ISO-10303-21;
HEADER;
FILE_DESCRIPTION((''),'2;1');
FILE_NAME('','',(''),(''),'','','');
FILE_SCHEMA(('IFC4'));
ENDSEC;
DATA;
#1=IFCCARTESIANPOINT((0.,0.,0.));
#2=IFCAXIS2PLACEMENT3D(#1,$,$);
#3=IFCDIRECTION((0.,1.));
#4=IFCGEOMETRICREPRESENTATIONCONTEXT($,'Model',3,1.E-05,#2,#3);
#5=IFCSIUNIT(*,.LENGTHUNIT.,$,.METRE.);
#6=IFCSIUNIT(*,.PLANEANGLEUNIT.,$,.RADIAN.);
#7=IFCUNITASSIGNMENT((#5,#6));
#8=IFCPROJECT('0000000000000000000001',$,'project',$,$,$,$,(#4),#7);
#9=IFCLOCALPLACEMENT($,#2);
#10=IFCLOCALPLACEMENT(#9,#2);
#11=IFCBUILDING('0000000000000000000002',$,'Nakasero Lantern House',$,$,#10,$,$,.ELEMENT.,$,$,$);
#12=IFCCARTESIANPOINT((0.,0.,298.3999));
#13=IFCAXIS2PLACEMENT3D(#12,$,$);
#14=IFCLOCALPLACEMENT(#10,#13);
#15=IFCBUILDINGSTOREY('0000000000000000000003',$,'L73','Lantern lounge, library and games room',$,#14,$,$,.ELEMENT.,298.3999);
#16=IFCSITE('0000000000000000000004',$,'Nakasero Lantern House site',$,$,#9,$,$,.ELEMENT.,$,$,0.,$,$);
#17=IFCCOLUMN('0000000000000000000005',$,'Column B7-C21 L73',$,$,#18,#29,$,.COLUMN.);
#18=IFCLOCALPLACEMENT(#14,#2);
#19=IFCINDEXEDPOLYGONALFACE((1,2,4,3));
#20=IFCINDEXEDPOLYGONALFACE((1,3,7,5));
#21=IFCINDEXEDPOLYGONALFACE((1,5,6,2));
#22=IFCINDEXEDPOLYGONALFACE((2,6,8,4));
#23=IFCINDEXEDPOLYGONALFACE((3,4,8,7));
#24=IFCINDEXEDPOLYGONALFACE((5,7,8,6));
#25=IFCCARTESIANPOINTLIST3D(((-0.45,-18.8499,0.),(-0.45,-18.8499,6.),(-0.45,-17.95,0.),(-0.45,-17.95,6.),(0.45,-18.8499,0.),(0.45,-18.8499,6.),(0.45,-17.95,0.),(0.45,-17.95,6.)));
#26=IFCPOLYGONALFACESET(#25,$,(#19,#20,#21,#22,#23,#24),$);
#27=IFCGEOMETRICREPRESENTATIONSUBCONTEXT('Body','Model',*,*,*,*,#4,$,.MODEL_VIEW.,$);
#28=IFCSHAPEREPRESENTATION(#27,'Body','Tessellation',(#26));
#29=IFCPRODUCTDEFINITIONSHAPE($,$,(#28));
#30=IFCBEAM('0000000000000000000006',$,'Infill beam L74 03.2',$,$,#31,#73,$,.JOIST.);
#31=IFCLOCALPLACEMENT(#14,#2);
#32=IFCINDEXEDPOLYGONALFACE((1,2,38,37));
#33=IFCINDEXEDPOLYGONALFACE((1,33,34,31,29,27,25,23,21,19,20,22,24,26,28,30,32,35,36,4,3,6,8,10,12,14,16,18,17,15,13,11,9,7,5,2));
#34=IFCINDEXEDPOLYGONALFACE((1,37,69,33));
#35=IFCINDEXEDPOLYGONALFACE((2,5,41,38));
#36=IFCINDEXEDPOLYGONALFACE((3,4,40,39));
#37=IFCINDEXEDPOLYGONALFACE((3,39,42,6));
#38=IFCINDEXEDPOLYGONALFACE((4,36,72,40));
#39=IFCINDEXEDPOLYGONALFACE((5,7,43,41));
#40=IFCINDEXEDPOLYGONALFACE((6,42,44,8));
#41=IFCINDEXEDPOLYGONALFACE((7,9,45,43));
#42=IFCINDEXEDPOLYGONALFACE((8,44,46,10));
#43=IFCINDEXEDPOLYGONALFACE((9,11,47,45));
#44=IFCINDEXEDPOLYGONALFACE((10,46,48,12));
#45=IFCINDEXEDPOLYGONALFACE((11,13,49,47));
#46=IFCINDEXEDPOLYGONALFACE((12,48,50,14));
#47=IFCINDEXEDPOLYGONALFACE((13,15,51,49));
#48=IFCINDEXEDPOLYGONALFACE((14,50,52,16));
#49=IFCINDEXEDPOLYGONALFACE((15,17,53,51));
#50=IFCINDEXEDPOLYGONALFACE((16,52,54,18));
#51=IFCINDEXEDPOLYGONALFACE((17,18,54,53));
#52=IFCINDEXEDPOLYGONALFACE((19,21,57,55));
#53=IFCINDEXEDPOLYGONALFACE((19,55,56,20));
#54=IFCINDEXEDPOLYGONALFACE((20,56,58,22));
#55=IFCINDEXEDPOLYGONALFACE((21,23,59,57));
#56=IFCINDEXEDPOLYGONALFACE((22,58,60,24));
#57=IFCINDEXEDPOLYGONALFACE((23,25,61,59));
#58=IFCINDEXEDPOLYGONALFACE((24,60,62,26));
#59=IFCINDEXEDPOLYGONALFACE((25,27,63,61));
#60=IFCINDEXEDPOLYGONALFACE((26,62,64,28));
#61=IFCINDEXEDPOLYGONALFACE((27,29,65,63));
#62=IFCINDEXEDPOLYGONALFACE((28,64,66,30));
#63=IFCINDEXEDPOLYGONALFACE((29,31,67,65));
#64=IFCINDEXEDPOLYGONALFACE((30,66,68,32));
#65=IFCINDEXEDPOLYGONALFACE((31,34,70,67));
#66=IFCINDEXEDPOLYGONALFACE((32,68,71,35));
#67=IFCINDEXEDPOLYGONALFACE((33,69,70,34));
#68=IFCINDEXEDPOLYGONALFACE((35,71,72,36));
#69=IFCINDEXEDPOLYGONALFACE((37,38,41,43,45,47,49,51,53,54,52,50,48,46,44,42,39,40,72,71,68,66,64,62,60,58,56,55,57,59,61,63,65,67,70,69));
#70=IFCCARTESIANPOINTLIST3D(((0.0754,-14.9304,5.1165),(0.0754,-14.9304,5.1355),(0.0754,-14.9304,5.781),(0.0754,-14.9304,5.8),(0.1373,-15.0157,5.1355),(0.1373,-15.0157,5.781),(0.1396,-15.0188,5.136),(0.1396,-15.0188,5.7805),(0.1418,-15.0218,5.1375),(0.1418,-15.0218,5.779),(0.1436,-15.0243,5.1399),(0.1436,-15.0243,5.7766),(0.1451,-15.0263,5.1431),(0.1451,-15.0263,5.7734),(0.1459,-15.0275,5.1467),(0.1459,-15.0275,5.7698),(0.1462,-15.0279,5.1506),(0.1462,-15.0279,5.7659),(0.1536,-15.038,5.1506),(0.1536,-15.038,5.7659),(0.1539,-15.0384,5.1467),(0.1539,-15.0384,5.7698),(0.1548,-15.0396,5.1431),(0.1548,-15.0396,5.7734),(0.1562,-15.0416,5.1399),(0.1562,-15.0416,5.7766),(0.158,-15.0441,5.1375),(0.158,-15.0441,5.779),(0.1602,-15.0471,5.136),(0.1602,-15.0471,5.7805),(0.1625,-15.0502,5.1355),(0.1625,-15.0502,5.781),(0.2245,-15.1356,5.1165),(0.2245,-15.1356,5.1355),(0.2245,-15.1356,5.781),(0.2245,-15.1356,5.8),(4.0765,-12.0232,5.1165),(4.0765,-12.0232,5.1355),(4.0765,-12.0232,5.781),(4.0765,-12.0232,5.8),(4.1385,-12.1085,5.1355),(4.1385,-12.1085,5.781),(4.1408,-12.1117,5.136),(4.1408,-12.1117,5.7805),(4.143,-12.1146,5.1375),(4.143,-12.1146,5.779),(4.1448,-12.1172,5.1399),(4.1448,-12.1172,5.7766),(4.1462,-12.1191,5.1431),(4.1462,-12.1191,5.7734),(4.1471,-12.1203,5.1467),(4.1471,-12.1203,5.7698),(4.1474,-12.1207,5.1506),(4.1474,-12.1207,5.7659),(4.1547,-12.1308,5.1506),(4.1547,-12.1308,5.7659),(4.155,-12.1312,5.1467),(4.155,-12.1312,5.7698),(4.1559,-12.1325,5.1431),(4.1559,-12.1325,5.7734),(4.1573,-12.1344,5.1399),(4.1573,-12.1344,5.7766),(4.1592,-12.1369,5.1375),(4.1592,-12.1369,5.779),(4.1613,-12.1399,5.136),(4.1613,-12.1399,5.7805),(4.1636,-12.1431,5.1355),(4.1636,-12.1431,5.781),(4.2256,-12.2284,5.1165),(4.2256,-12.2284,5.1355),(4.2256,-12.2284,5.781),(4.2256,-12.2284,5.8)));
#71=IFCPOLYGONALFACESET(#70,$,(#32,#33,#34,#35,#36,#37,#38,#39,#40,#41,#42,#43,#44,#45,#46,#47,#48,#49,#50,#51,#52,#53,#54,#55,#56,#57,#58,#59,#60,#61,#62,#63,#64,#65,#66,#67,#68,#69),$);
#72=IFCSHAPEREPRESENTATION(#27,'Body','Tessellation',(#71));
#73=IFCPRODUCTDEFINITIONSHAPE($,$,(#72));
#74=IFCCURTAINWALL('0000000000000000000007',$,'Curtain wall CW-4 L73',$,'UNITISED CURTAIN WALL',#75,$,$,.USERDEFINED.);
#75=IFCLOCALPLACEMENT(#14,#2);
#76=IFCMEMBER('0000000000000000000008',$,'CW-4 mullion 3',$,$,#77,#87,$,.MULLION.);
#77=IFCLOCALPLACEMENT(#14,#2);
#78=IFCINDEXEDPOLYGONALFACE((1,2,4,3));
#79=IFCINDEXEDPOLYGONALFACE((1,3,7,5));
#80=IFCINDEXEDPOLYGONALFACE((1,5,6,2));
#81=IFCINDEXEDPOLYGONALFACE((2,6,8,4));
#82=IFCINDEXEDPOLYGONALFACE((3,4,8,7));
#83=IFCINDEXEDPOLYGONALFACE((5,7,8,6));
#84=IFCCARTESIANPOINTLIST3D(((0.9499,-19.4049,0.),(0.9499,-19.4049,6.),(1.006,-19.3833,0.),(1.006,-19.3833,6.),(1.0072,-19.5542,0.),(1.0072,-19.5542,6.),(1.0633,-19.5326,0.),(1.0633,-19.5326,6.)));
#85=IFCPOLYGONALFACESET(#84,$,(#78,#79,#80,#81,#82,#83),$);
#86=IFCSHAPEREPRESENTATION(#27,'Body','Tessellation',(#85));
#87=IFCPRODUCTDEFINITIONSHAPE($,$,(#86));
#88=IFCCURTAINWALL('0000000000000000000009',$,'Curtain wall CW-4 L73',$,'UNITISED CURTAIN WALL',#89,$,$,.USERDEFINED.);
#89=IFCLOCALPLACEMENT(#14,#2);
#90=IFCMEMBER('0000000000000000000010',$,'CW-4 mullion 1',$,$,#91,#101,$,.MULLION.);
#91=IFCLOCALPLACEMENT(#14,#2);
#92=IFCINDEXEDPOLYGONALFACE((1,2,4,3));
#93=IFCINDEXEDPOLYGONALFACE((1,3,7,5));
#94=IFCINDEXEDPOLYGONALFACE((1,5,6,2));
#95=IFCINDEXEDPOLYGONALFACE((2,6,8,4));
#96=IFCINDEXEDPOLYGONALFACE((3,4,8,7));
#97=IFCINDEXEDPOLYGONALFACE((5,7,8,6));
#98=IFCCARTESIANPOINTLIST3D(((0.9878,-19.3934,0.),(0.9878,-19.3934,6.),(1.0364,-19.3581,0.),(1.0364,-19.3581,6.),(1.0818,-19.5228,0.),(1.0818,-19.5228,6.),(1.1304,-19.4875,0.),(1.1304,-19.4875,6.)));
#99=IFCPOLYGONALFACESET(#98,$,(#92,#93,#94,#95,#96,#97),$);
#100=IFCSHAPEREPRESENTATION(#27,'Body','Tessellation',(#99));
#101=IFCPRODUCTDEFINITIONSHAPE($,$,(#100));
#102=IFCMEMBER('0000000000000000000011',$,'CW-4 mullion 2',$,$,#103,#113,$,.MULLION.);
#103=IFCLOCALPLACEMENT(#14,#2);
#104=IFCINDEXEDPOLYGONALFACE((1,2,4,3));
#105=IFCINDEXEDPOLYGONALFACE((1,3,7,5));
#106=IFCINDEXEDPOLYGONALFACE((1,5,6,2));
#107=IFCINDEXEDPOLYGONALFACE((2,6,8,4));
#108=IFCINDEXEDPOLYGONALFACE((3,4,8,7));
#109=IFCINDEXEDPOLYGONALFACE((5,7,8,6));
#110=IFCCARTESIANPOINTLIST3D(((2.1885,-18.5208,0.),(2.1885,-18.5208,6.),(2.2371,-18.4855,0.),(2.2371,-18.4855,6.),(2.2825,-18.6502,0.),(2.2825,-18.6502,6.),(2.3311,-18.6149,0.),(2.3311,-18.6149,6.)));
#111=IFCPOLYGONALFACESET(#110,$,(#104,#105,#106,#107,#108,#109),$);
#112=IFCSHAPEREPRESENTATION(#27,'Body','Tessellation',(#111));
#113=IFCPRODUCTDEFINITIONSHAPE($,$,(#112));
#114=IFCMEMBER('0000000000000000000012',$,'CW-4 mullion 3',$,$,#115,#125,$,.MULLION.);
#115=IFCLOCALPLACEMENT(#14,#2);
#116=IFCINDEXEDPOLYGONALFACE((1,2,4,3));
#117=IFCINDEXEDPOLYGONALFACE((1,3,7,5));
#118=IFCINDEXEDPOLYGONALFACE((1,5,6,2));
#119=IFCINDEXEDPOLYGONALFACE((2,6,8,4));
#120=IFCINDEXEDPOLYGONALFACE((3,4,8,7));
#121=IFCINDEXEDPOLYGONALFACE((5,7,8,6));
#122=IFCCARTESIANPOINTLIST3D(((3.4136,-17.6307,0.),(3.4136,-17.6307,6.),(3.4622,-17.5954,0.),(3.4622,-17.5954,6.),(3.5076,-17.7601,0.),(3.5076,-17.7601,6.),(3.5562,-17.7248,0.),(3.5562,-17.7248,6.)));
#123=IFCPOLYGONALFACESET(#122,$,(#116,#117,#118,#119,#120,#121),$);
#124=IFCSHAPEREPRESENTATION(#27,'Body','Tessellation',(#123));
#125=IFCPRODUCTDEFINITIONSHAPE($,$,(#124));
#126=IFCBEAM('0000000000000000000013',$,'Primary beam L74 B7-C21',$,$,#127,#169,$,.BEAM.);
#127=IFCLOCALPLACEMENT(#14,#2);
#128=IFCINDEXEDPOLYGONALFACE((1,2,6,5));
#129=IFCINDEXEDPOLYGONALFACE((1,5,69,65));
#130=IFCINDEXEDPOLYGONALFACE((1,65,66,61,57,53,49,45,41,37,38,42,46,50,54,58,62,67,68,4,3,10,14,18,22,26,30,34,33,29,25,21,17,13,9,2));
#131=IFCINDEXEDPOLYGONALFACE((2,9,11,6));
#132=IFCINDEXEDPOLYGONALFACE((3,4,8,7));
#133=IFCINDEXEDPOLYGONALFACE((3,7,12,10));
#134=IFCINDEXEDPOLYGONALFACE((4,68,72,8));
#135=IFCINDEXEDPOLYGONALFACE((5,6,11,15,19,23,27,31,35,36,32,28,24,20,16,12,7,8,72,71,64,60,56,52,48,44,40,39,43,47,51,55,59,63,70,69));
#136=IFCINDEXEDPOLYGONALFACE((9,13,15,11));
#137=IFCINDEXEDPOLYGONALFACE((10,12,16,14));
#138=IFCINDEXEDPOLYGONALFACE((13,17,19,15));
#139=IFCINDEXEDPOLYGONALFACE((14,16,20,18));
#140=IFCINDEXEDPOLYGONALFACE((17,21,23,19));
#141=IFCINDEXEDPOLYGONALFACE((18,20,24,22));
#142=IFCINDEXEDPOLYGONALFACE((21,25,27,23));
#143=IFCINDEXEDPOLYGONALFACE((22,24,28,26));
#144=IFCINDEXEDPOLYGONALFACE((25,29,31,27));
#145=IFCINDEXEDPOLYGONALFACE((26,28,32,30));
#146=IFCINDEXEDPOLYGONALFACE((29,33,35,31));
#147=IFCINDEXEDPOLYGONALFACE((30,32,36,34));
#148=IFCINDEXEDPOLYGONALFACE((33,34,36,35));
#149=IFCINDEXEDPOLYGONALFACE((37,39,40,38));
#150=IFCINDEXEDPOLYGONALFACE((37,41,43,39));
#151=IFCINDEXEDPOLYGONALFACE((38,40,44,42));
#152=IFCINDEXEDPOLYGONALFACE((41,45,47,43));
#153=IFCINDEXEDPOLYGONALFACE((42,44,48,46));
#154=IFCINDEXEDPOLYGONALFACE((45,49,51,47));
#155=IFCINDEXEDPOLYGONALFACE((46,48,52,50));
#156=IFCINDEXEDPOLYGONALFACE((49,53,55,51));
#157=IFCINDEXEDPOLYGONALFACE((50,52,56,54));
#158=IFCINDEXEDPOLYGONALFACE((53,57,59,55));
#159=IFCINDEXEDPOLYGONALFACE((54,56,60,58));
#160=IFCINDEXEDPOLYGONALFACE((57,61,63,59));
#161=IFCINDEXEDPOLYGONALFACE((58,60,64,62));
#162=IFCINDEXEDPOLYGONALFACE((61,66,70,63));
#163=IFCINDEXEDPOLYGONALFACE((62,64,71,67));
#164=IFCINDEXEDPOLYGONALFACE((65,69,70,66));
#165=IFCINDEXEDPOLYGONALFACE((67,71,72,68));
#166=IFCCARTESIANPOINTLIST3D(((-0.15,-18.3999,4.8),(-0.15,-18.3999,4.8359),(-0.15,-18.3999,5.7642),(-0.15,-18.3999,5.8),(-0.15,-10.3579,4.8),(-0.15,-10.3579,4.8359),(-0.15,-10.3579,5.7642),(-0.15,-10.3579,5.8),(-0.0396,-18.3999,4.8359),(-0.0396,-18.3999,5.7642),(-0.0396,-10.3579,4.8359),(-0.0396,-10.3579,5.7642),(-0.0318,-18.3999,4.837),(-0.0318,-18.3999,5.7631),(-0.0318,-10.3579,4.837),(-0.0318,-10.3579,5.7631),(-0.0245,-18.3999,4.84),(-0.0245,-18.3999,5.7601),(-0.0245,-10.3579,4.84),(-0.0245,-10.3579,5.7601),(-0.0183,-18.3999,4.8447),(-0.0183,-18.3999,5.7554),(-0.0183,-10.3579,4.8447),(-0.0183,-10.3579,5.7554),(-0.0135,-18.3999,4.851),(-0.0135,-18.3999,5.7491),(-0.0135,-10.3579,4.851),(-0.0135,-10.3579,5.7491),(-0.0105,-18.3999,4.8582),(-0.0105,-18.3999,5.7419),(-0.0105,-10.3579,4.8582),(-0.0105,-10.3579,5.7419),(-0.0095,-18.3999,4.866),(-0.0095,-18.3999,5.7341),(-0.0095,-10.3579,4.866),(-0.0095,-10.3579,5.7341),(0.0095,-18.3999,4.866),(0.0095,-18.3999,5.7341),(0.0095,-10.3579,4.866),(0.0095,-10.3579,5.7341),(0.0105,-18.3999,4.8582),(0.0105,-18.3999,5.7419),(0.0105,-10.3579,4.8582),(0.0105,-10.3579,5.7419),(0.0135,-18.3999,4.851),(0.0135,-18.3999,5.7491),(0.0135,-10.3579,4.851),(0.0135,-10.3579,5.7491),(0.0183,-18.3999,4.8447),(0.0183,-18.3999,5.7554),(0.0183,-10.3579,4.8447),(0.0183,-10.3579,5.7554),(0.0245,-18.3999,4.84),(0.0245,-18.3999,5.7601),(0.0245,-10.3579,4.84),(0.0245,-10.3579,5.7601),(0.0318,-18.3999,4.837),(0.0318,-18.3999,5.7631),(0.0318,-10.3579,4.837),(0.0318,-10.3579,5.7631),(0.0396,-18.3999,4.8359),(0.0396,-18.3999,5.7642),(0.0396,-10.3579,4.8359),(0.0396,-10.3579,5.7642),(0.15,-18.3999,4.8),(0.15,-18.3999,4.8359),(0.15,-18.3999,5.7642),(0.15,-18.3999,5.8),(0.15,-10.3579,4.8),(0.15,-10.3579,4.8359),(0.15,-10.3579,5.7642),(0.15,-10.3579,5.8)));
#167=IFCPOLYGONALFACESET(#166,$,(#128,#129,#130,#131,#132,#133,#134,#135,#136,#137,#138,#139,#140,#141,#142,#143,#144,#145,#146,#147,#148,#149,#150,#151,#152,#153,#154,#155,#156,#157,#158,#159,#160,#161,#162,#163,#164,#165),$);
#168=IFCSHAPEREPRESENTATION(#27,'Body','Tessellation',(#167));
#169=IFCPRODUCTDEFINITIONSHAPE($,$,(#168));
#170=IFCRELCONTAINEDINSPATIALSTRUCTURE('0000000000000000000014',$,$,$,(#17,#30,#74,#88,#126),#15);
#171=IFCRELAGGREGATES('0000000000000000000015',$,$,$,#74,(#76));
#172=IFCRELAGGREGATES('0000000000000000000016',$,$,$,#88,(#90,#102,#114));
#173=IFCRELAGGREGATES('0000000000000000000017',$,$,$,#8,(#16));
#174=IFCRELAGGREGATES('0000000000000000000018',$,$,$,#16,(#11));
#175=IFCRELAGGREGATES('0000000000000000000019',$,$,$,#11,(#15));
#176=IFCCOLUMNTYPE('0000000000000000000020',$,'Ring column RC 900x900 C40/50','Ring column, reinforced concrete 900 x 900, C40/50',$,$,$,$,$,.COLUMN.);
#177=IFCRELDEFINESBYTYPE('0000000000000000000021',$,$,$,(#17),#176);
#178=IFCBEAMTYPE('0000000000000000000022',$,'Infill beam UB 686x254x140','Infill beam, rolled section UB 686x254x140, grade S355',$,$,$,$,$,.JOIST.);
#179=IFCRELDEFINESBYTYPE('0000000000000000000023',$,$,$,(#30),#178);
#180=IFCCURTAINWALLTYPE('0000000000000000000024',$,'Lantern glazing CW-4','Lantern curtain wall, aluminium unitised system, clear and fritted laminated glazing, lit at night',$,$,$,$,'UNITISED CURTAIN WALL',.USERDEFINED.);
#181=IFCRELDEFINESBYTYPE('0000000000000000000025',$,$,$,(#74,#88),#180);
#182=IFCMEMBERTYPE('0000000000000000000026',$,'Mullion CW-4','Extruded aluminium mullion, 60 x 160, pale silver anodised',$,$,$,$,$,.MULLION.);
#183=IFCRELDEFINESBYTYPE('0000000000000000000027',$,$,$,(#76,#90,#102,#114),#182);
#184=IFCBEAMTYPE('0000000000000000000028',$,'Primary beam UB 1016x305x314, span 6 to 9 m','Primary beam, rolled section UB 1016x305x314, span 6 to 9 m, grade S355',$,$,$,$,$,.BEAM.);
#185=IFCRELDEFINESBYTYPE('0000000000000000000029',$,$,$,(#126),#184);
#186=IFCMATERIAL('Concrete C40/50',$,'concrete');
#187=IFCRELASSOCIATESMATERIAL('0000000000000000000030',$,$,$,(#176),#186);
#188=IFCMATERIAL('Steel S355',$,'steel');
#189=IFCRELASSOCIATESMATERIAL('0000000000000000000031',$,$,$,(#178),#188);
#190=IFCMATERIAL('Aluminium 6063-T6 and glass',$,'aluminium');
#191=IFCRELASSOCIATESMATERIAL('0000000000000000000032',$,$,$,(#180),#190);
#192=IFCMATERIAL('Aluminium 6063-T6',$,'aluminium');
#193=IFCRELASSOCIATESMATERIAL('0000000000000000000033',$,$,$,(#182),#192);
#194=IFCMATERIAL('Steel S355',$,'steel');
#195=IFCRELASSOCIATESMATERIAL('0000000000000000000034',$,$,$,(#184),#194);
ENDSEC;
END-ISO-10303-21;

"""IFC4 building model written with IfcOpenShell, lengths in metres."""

from ifc_helpers import new_model, si_unit, direction, frame, origin, origin_2d, place, context, subcontext, project, spatial, rectangle, i_section, extrude, material, material_profile, profile_set, type_object, element, aggregate, save


model = new_model("IFC4")

# Units and contexts
model_context = context("Model", 3, precision=1e-05, world=origin(), true_north=direction((0.0, 1.0)))
body_context = subcontext(model_context, "Body", "Model", "MODEL_VIEW")
ifc_project = project(units=[si_unit("LENGTHUNIT", "METRE"), si_unit("PLANEANGLEUNIT", "RADIAN")], contexts=[model_context])

# Site, building, storey
site_placement = place(None, origin())
site = spatial("IfcSite", under=ifc_project, at=site_placement, Name="Nakasero Lantern House site", CompositionType="ELEMENT", RefElevation=0.0)
building_placement = place(site_placement, origin())
building = spatial("IfcBuilding", under=site, at=building_placement, Name="Nakasero Lantern House", CompositionType="ELEMENT")
storey_placement = place(building_placement, frame((0.0, 0.0, 298.3999)))
storey = spatial("IfcBuildingStorey", under=building, at=storey_placement, Name="L73", Description="Lantern lounge, library and games room", CompositionType="ELEMENT", Elevation=298.3999)

# Column
ifc_material_1 = material(Name="Concrete C40/50", Category="concrete")
ifc_material_profile_1 = material_profile(ifc_material_1, rectangle(XDim=0.8999, YDim=0.8999, at=origin_2d()), Name="RC 900x900")
ifc_profile_set_1 = profile_set([ifc_material_profile_1], Name="Concrete C40/50")
column_type = type_object("IfcColumnType", Name="Ring column RC 900x900 C40/50", Description="Ring column, reinforced concrete 900 x 900, C40/50", PredefinedType="COLUMN", material=ifc_profile_set_1)
column_placement = place(storey_placement, frame((0.0, -18.3999, 0.0), z_axis=(0.0, 0.0, 1.0), x_axis=(1.0, 0.0, 0.0)))
element("IfcColumn", 1, at=column_placement, inside=storey, type_object=column_type, Name="Column B7-C21 L73", PredefinedType="COLUMN", context=body_context, shape_type="SweptSolid", body=[
    extrude(rectangle(XDim=0.8999, YDim=0.8999, at=origin_2d()), origin(), (0.0, 0.0, 1.0), 6.0),
])

# Beam
ifc_material_2 = material(Name="Steel S355", Category="steel")
ifc_material_profile_2 = material_profile(ifc_material_2, i_section(OverallWidth=0.2537, OverallDepth=0.6836, WebThickness=0.0125, FlangeThickness=0.019, FilletRadius=0.0151, at=origin_2d()), Name="UB 686x254x140")
ifc_profile_set_2 = profile_set([ifc_material_profile_2], Name="Steel S355")
beam_type_1 = type_object("IfcBeamType", Name="Infill beam UB 686x254x140", Description="Infill beam, rolled section UB 686x254x140, grade S355", PredefinedType="JOIST", material=ifc_profile_set_2)
beam_1_placement = place(storey_placement, frame((0.1499, -15.033, 5.4583), z_axis=(0.809001, 0.587808, 0.0), x_axis=(-0.587808, 0.809001, 0.0)))
element("IfcBeam", 2, at=beam_1_placement, inside=storey, type_object=beam_type_1, Name="Infill beam L74 03.2", PredefinedType="JOIST", context=body_context, shape_type="SweptSolid", body=[
    extrude(i_section(OverallWidth=0.2537, OverallDepth=0.6836, WebThickness=0.0125, FlangeThickness=0.019, FilletRadius=0.0151, at=origin_2d()), origin(), (0.0, 0.0, 1.0), 4.9458),
])

# Curtain wall, member
ifc_material_3 = material(Name="Aluminium 6063-T6 and glass", Category="aluminium")
curtain_wall_type = type_object("IfcCurtainWallType", Name="Lantern glazing CW-4", Description="Lantern curtain wall, aluminium unitised system, clear and fritted laminated glazing, lit at night", ElementType="UNITISED CURTAIN WALL", PredefinedType="USERDEFINED", material=ifc_material_3)
curtain_wall_1_placement = place(storey_placement, origin())
curtain_wall_1 = element("IfcCurtainWall", 3, at=curtain_wall_1_placement, inside=storey, type_object=curtain_wall_type, Name="Curtain wall CW-4 L73", ObjectType="UNITISED CURTAIN WALL", PredefinedType="USERDEFINED")
ifc_material_4 = material(Name="Aluminium 6063-T6", Category="aluminium")
ifc_material_profile_3 = material_profile(ifc_material_4, rectangle(XDim=0.0601, YDim=0.1599, at=origin_2d()), Name="CW-4 mullion 60x160")
ifc_profile_set_3 = profile_set([ifc_material_profile_3], Name="Aluminium 6063-T6")
member_type_1 = type_object("IfcMemberType", Name="Mullion CW-4", Description="Extruded aluminium mullion, 60 x 160, pale silver anodised", PredefinedType="MULLION", material=ifc_profile_set_3)
member_1_placement = place(storey_placement, frame((1.0066, -19.4688, 0.0), z_axis=(0.0, 0.0, 1.0), x_axis=(0.93358, 0.358368, 0.0)))
member_1 = element("IfcMember", 4, at=member_1_placement, type_object=member_type_1, Name="CW-4 mullion 3", PredefinedType="MULLION", context=body_context, shape_type="SweptSolid", body=[
    extrude(rectangle(XDim=0.0601, YDim=0.1599, at=origin_2d()), origin(), (0.0, 0.0, 1.0), 6.0),
])

# Curtain wall, members
curtain_wall_2_placement = place(storey_placement, origin())
curtain_wall_2 = element("IfcCurtainWall", 5, at=curtain_wall_2_placement, inside=storey, type_object=curtain_wall_type, Name="Curtain wall CW-4 L73", ObjectType="UNITISED CURTAIN WALL", PredefinedType="USERDEFINED")
member_2_placement = place(storey_placement, frame((1.0591, -19.4404, 0.0), z_axis=(0.0, 0.0, 1.0), x_axis=(0.809017, 0.587785, 0.0)))
member_2 = element("IfcMember", 6, at=member_2_placement, type_object=member_type_1, Name="CW-4 mullion 1", PredefinedType="MULLION", context=body_context, shape_type="SweptSolid", body=[
    extrude(rectangle(XDim=0.0601, YDim=0.1599, at=origin_2d()), origin(), (0.0, 0.0, 1.0), 6.0),
])
member_3_placement = place(storey_placement, frame((2.2598, -18.5679, 0.0), z_axis=(0.0, 0.0, 1.0), x_axis=(0.809017, 0.587785, 0.0)))
member_3 = element("IfcMember", 7, at=member_3_placement, type_object=member_type_1, Name="CW-4 mullion 2", PredefinedType="MULLION", context=body_context, shape_type="SweptSolid", body=[
    extrude(rectangle(XDim=0.0601, YDim=0.1599, at=origin_2d()), origin(), (0.0, 0.0, 1.0), 6.0),
])
member_4_placement = place(storey_placement, frame((3.4849, -17.6777, 0.0), z_axis=(0.0, 0.0, 1.0), x_axis=(0.809017, 0.587785, 0.0)))
member_4 = element("IfcMember", 8, at=member_4_placement, type_object=member_type_1, Name="CW-4 mullion 3", PredefinedType="MULLION", context=body_context, shape_type="SweptSolid", body=[
    extrude(rectangle(XDim=0.0601, YDim=0.1599, at=origin_2d()), origin(), (0.0, 0.0, 1.0), 6.0),
])

# Beam
ifc_material_5 = material(Name="Steel S355", Category="steel")
ifc_material_profile_4 = material_profile(ifc_material_5, i_section(OverallWidth=0.3, OverallDepth=1.0, WebThickness=0.019, FlangeThickness=0.0359, FilletRadius=0.03, at=origin_2d()), Name="UB 1016x305x314")
ifc_profile_set_4 = profile_set([ifc_material_profile_4], Name="Steel S355")
beam_type_2 = type_object("IfcBeamType", Name="Primary beam UB 1016x305x314, span 6 to 9 m", Description="Primary beam, rolled section UB 1016x305x314, span 6 to 9 m, grade S355", PredefinedType="BEAM", material=ifc_profile_set_4)
beam_2_placement = place(storey_placement, frame((0.0, -18.3999, 5.3), z_axis=(0.0, 1.0, 0.0), x_axis=(-1.0, 0.0, 0.0)))
element("IfcBeam", 9, at=beam_2_placement, inside=storey, type_object=beam_type_2, Name="Primary beam L74 B7-C21", PredefinedType="BEAM", context=body_context, shape_type="SweptSolid", body=[
    extrude(i_section(OverallWidth=0.3, OverallDepth=1.0, WebThickness=0.019, FlangeThickness=0.0359, FilletRadius=0.03, at=origin_2d()), origin(), (0.0, 0.0, 1.0), 8.042),
])

aggregate(curtain_wall_1, [member_1])
aggregate(curtain_wall_2, [member_2, member_3, member_4])

save(model, "model.ifc")
